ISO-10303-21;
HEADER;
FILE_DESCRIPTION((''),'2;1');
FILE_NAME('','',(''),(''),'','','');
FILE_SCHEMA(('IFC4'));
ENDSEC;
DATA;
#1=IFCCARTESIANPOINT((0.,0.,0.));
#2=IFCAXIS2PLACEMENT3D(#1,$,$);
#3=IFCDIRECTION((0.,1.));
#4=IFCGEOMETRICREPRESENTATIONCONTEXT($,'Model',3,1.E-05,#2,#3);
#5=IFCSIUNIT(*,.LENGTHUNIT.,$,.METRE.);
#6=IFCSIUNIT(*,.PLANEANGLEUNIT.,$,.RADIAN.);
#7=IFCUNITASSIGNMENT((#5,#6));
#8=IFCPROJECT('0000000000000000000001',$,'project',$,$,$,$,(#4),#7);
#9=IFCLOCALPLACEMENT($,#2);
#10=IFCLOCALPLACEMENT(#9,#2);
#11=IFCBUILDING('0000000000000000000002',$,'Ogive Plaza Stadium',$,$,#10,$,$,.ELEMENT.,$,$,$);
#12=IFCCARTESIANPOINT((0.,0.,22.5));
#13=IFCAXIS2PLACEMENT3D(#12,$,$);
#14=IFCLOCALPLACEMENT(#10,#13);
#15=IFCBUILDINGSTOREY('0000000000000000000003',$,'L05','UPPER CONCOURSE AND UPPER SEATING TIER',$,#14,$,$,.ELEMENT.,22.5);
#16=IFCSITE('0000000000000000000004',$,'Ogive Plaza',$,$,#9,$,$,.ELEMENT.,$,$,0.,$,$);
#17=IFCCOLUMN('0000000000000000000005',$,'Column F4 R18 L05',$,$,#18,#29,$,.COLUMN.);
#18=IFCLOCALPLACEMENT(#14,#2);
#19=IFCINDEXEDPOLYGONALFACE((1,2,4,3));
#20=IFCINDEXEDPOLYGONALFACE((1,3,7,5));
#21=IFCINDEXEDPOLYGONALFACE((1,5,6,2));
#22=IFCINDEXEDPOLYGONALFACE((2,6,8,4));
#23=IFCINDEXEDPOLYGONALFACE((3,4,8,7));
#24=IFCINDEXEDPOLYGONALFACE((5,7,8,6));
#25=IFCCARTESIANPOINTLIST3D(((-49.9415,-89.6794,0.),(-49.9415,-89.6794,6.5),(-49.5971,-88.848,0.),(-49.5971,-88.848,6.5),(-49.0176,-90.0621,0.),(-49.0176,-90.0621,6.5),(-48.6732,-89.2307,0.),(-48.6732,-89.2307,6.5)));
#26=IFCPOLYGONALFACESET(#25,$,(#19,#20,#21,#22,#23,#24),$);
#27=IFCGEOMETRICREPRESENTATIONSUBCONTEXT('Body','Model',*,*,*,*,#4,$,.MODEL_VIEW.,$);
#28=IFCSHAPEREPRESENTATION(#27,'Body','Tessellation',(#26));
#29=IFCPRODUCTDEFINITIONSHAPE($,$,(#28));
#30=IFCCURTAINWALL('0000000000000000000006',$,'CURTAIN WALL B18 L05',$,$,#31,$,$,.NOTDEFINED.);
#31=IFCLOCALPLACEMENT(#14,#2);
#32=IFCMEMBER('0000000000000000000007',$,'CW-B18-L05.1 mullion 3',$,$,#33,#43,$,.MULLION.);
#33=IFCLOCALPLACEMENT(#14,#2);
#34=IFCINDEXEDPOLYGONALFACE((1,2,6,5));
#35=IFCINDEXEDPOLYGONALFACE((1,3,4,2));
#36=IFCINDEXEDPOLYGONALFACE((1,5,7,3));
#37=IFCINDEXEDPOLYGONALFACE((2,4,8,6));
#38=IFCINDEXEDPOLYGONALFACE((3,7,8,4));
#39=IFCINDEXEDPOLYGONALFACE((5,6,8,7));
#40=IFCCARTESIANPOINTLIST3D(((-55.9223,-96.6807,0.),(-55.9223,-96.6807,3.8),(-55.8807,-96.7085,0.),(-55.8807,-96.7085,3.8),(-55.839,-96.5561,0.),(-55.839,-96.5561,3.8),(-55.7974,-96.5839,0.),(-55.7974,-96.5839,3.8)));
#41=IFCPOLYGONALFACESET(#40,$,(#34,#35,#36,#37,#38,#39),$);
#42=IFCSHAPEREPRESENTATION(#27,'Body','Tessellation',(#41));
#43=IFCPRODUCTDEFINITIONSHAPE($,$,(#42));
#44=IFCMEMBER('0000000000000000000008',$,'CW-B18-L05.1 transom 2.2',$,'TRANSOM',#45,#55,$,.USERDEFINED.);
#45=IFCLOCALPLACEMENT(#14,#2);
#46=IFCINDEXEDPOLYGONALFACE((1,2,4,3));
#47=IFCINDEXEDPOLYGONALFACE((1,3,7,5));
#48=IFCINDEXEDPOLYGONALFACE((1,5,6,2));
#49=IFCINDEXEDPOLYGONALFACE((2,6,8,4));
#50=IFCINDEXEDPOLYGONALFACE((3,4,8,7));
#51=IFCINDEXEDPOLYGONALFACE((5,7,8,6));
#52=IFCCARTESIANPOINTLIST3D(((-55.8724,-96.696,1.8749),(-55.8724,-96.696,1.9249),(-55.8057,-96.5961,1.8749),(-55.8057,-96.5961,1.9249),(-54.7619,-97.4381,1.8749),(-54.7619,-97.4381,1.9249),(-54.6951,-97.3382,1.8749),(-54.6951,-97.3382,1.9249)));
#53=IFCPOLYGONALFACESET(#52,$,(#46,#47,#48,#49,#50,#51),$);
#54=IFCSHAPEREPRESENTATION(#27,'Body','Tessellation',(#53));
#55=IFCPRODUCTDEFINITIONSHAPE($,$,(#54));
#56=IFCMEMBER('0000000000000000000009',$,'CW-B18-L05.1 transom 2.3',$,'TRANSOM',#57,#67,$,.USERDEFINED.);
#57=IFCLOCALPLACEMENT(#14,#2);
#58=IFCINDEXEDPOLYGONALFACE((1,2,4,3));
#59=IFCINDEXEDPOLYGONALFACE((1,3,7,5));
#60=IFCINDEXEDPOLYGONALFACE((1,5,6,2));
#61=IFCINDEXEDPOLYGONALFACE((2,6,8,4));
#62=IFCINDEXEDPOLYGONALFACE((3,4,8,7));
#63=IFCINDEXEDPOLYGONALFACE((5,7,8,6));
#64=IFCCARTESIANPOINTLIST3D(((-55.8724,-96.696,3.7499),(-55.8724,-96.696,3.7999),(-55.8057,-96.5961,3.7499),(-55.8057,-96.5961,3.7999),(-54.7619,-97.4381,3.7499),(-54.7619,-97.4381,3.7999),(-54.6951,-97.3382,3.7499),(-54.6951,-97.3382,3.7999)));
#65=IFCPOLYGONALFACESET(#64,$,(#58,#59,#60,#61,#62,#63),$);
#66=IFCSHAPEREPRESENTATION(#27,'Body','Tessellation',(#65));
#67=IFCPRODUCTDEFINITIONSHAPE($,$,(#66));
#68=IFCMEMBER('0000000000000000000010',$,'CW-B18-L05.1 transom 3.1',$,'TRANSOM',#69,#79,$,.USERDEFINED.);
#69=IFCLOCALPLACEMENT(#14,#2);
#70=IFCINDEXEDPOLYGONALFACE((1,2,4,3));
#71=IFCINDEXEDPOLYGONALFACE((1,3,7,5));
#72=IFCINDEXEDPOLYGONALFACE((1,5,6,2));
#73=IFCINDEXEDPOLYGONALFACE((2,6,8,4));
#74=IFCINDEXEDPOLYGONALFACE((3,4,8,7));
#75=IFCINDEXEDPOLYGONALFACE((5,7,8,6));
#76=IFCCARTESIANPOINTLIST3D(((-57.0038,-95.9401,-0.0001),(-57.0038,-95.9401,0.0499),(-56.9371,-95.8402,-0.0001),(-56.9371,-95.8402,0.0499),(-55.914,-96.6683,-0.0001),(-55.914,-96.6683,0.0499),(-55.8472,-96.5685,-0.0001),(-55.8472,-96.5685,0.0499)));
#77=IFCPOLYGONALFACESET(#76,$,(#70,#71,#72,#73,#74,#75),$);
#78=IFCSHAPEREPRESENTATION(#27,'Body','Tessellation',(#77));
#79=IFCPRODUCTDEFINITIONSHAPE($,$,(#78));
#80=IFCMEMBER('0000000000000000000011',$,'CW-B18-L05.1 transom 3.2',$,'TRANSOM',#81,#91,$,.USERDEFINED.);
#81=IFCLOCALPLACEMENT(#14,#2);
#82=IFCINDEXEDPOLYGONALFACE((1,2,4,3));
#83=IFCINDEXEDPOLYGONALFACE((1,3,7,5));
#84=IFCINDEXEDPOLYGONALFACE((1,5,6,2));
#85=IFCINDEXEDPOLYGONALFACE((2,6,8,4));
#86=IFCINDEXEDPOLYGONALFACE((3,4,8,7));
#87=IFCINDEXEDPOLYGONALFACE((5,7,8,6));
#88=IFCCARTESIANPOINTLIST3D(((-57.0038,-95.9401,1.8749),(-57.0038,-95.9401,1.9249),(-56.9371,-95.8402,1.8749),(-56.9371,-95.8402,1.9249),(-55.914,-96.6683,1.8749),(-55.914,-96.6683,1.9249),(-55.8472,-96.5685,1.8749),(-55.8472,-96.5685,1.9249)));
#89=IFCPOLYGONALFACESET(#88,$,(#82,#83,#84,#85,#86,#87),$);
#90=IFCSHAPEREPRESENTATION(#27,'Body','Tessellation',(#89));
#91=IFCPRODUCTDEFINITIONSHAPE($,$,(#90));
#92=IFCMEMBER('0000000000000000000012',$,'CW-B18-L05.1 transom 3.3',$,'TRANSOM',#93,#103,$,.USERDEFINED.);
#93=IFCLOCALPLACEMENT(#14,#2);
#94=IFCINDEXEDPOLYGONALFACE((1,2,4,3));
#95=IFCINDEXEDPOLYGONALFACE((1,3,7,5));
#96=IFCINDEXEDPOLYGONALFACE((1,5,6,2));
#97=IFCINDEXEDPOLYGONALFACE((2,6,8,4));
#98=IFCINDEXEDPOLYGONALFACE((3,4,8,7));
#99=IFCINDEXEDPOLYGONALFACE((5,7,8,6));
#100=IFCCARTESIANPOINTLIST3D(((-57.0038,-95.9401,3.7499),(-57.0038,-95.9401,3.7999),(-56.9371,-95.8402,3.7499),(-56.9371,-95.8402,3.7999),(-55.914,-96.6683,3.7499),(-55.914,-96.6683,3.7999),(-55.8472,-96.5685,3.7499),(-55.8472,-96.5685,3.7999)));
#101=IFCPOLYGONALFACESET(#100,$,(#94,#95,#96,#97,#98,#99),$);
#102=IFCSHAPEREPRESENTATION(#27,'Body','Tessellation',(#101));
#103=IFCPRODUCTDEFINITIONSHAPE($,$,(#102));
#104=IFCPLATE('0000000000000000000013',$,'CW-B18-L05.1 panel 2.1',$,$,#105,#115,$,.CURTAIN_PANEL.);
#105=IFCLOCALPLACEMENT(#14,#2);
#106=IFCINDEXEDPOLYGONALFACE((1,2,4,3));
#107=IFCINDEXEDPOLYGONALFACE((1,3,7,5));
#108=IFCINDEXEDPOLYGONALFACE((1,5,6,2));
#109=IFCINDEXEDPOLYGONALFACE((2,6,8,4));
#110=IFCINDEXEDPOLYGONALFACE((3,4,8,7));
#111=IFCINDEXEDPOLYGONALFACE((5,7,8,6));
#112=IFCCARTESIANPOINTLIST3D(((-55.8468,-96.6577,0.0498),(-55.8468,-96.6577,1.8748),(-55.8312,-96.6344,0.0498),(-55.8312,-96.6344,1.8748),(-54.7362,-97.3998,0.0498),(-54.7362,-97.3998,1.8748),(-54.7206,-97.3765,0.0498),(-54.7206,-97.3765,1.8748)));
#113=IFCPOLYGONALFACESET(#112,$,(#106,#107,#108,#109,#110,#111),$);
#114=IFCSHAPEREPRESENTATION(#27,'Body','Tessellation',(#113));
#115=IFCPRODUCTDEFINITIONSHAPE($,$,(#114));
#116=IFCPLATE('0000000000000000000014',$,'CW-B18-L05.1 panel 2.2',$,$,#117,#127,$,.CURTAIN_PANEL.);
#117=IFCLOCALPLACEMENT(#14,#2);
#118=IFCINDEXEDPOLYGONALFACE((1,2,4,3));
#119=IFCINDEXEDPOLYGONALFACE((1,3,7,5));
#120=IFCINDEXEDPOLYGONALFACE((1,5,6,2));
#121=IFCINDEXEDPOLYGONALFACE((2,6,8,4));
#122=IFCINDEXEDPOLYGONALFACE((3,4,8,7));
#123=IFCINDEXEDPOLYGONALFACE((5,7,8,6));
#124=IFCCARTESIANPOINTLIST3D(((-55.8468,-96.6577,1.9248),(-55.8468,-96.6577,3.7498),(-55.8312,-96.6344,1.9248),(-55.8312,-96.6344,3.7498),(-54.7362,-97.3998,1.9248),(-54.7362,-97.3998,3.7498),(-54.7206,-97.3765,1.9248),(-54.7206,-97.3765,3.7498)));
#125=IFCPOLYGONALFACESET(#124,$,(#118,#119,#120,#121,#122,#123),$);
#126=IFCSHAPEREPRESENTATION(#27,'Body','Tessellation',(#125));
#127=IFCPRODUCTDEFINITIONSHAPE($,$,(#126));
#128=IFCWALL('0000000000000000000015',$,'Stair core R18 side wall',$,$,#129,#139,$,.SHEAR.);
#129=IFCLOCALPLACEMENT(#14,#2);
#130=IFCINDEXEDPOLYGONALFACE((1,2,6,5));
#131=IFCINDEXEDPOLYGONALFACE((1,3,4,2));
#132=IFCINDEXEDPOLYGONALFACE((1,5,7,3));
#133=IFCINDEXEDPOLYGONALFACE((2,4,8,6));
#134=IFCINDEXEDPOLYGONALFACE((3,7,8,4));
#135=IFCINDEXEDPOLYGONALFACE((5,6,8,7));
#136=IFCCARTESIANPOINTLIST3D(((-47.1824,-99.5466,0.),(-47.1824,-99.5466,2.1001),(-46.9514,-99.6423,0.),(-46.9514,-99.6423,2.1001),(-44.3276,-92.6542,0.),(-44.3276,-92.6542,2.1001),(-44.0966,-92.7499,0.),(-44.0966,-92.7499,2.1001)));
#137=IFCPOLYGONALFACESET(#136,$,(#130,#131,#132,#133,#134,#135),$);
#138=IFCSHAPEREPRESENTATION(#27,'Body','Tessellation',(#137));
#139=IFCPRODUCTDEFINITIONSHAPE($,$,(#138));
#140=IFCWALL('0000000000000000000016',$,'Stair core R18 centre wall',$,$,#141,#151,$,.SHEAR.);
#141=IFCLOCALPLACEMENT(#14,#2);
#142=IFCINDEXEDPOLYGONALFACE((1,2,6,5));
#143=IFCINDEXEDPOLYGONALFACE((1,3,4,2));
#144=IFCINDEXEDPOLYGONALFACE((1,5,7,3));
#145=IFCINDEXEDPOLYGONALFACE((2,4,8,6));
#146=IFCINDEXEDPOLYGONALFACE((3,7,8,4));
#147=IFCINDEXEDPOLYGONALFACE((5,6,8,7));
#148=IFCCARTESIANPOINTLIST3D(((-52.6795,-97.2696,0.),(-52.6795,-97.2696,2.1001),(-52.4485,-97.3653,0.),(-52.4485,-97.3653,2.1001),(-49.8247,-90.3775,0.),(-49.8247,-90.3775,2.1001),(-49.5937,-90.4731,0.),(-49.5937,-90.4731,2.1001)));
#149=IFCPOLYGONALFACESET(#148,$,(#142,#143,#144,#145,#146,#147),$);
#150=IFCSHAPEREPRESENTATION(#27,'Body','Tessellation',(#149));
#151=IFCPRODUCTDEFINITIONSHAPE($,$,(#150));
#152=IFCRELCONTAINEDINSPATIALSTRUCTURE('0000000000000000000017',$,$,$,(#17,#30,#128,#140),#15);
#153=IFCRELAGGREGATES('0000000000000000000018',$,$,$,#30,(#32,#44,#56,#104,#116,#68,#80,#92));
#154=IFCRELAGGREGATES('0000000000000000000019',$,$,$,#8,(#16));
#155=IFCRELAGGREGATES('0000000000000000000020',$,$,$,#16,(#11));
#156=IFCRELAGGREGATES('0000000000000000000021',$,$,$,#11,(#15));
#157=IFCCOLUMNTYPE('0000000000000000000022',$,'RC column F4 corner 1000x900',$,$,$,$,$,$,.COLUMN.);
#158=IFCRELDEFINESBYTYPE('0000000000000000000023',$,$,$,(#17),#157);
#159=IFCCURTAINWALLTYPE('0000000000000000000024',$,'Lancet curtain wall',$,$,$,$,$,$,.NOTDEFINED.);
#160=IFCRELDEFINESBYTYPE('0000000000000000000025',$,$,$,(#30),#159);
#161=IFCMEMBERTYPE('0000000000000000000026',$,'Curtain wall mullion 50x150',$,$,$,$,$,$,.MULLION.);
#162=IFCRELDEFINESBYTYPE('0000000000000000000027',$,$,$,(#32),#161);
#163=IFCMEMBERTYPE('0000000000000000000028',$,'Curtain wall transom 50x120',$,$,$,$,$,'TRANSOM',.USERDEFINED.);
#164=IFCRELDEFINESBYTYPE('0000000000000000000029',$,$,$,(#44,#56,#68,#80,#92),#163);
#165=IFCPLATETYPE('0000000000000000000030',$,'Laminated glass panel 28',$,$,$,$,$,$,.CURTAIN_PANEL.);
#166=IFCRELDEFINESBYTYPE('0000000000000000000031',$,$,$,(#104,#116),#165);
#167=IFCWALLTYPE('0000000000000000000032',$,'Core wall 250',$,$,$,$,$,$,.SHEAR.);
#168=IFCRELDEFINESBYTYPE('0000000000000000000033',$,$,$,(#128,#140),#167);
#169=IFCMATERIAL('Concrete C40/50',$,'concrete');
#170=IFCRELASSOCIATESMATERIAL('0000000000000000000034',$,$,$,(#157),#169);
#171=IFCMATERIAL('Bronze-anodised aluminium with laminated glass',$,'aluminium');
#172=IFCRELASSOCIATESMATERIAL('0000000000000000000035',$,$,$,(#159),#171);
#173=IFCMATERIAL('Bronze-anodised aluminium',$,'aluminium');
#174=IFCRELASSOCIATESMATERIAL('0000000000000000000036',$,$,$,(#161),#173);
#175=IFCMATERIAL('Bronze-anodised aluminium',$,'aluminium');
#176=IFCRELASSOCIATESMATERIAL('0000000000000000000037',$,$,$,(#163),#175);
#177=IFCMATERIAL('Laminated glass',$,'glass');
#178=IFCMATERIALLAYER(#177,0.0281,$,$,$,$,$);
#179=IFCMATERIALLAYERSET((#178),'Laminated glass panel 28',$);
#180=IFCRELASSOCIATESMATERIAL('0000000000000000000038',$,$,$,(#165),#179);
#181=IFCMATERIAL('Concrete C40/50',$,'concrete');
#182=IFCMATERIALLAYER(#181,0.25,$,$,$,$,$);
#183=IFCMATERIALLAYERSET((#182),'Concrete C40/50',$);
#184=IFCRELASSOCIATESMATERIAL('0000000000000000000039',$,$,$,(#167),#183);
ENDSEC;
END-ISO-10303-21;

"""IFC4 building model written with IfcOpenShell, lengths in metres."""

from ifc_helpers import new_model, si_unit, direction, frame, frame_2d, origin, origin_2d, place, context, subcontext, project, spatial, rectangle, extrude, material, layer, layer_set, material_profile, profile_set, type_object, element, aggregate, save


model = new_model("IFC4")

# Units and contexts
model_context = context("Model", 3, precision=1e-05, world=origin(), true_north=direction((0.0, 1.0)))
body_context = subcontext(model_context, "Body", "Model", "MODEL_VIEW")
ifc_project = project(units=[si_unit("LENGTHUNIT", "METRE"), si_unit("PLANEANGLEUNIT", "RADIAN")], contexts=[model_context])

# Site, building, storey
site_placement = place(None, origin())
site = spatial("IfcSite", under=ifc_project, at=site_placement, Name="Ogive Plaza", CompositionType="ELEMENT", RefElevation=0.0)
building_placement = place(site_placement, origin())
building = spatial("IfcBuilding", under=site, at=building_placement, Name="Ogive Plaza Stadium", CompositionType="ELEMENT")
storey_placement = place(building_placement, frame((0.0, 0.0, 22.5)))
storey = spatial("IfcBuildingStorey", under=building, at=storey_placement, Name="L05", Description="UPPER CONCOURSE AND UPPER SEATING TIER", CompositionType="ELEMENT", Elevation=22.5)

# Column
ifc_material_1 = material(Name="Concrete C40/50", Category="concrete")
ifc_material_profile_1 = material_profile(ifc_material_1, rectangle(XDim=1.0, YDim=0.8999, at=origin_2d()), Name="RC 1000x900")
ifc_profile_set_1 = profile_set([ifc_material_profile_1], Name="Concrete C40/50")
column_type = type_object("IfcColumnType", Name="RC column F4 corner 1000x900", PredefinedType="COLUMN", material=ifc_profile_set_1)
column_placement = place(storey_placement, frame((-49.3074, -89.4551, 0.0), z_axis=(0.0, 0.0, 1.0), x_axis=(0.92388, -0.382683, 0.0)))
element("IfcColumn", 1, at=column_placement, inside=storey, type_object=column_type, Name="Column F4 R18 L05", PredefinedType="COLUMN", context=body_context, shape_type="SweptSolid", body=[
    extrude(rectangle(XDim=1.0, YDim=0.8999, at=origin_2d()), origin(), (0.0, 0.0, 1.0), 6.5),
])

# Curtain wall, members, plates
ifc_material_2 = material(Name="Bronze-anodised aluminium with laminated glass", Category="aluminium")
curtain_wall_type = type_object("IfcCurtainWallType", Name="Lancet curtain wall", PredefinedType="NOTDEFINED", material=ifc_material_2)
curtain_wall_placement = place(storey_placement, origin())
curtain_wall = element("IfcCurtainWall", 2, at=curtain_wall_placement, inside=storey, type_object=curtain_wall_type, Name="CURTAIN WALL B18 L05", PredefinedType="NOTDEFINED")
ifc_material_3 = material(Name="Bronze-anodised aluminium", Category="aluminium")
ifc_material_profile_2 = material_profile(ifc_material_3, rectangle(XDim=0.1499, YDim=0.05, at=origin_2d()), Name="AL 150x50")
ifc_profile_set_2 = profile_set([ifc_material_profile_2], Name="Bronze-anodised aluminium")
member_type_1 = type_object("IfcMemberType", Name="Curtain wall mullion 50x150", PredefinedType="MULLION", material=ifc_profile_set_2)
member_1_placement = place(storey_placement, frame((-55.8599, -96.6323, 0.0), z_axis=(0.0, 0.0, 1.0), x_axis=(-0.55557, -0.83147, 0.0)))
member_1 = element("IfcMember", 3, at=member_1_placement, type_object=member_type_1, Name="CW-B18-L05.1 mullion 3", PredefinedType="MULLION", context=body_context, shape_type="SweptSolid", body=[
    extrude(rectangle(XDim=0.1499, YDim=0.05, at=origin_2d()), origin(), (0.0, 0.0, 1.0), 3.8),
])
ifc_material_4 = material(Name="Bronze-anodised aluminium", Category="aluminium")
ifc_material_profile_3 = material_profile(ifc_material_4, rectangle(XDim=0.1201, YDim=0.05, at=origin_2d()), Name="AL 120x50")
ifc_profile_set_3 = profile_set([ifc_material_profile_3], Name="Bronze-anodised aluminium")
member_type_2 = type_object("IfcMemberType", Name="Curtain wall transom 50x120", ElementType="TRANSOM", PredefinedType="USERDEFINED", material=ifc_profile_set_3)
member_2_placement = place(storey_placement, frame((-54.7285, -97.3882, 1.8999), z_axis=(-0.831431, 0.555628, 0.0), x_axis=(-0.555628, -0.831431, 0.0)))
member_2 = element("IfcMember", 4, at=member_2_placement, type_object=member_type_2, Name="CW-B18-L05.1 transom 2.2", ObjectType="TRANSOM", PredefinedType="USERDEFINED", context=body_context, shape_type="SweptSolid", body=[
    extrude(rectangle(XDim=0.1201, YDim=0.05, at=origin_2d()), origin(), (0.0, 0.0, 1.0), 1.3357),
])
member_3_placement = place(storey_placement, frame((-54.7285, -97.3882, 3.7749), z_axis=(-0.831431, 0.555628, 0.0), x_axis=(-0.555628, -0.831431, 0.0)))
member_3 = element("IfcMember", 5, at=member_3_placement, type_object=member_type_2, Name="CW-B18-L05.1 transom 2.3", ObjectType="TRANSOM", PredefinedType="USERDEFINED", context=body_context, shape_type="SweptSolid", body=[
    extrude(rectangle(XDim=0.1201, YDim=0.05, at=origin_2d()), origin(), (0.0, 0.0, 1.0), 1.3357),
])
member_4_placement = place(storey_placement, frame((-55.8806, -96.6184, 0.0249), z_axis=(-0.831448, 0.555602, 0.0), x_axis=(-0.555602, -0.831448, 0.0)))
member_4 = element("IfcMember", 6, at=member_4_placement, type_object=member_type_2, Name="CW-B18-L05.1 transom 3.1", ObjectType="TRANSOM", PredefinedType="USERDEFINED", context=body_context, shape_type="SweptSolid", body=[
    extrude(rectangle(XDim=0.1201, YDim=0.05, at=origin_2d()), origin(), (0.0, 0.0, 1.0), 1.3108),
])
member_5_placement = place(storey_placement, frame((-55.8806, -96.6184, 1.8999), z_axis=(-0.831448, 0.555602, 0.0), x_axis=(-0.555602, -0.831448, 0.0)))
member_5 = element("IfcMember", 7, at=member_5_placement, type_object=member_type_2, Name="CW-B18-L05.1 transom 3.2", ObjectType="TRANSOM", PredefinedType="USERDEFINED", context=body_context, shape_type="SweptSolid", body=[
    extrude(rectangle(XDim=0.1201, YDim=0.05, at=origin_2d()), origin(), (0.0, 0.0, 1.0), 1.3108),
])
member_6_placement = place(storey_placement, frame((-55.8806, -96.6184, 3.7749), z_axis=(-0.831448, 0.555602, 0.0), x_axis=(-0.555602, -0.831448, 0.0)))
member_6 = element("IfcMember", 8, at=member_6_placement, type_object=member_type_2, Name="CW-B18-L05.1 transom 3.3", ObjectType="TRANSOM", PredefinedType="USERDEFINED", context=body_context, shape_type="SweptSolid", body=[
    extrude(rectangle(XDim=0.1201, YDim=0.05, at=origin_2d()), origin(), (0.0, 0.0, 1.0), 1.3108),
])
ifc_material_5 = material(Name="Laminated glass", Category="glass")
ifc_layer_1 = layer(ifc_material_5, 0.0281)
ifc_layer_set_1 = layer_set([ifc_layer_1], Name="Laminated glass panel 28")
plate_type = type_object("IfcPlateType", Name="Laminated glass panel 28", PredefinedType="CURTAIN_PANEL", material=ifc_layer_set_1)
plate_1_placement = place(storey_placement, frame((-55.2837, -97.0171, 0.0498), z_axis=(0.0, 0.0, 1.0), x_axis=(-0.83147, 0.55557, 0.0)))
plate_1 = element("IfcPlate", 9, at=plate_1_placement, type_object=plate_type, Name="CW-B18-L05.1 panel 2.1", PredefinedType="CURTAIN_PANEL", context=body_context, shape_type="SweptSolid", body=[
    extrude(rectangle(XDim=1.3357, YDim=0.0281, at=origin_2d()), origin(), (0.0, 0.0, 1.0), 1.825),
])
plate_2_placement = place(storey_placement, frame((-55.2837, -97.0171, 1.9248), z_axis=(0.0, 0.0, 1.0), x_axis=(-0.83147, 0.55557, 0.0)))
plate_2 = element("IfcPlate", 10, at=plate_2_placement, type_object=plate_type, Name="CW-B18-L05.1 panel 2.2", PredefinedType="CURTAIN_PANEL", context=body_context, shape_type="SweptSolid", body=[
    extrude(rectangle(XDim=1.3357, YDim=0.0281, at=origin_2d()), origin(), (0.0, 0.0, 1.0), 1.825),
])
aggregate(curtain_wall, [member_1, member_2, member_3, plate_1, plate_2, member_4, member_5, member_6])

# Walls
ifc_material_6 = material(Name="Concrete C40/50", Category="concrete")
ifc_layer_2 = layer(ifc_material_6, 0.25)
ifc_layer_set_2 = layer_set([ifc_layer_2], Name="Concrete C40/50")
wall_type = type_object("IfcWallType", Name="Core wall 250", PredefinedType="SHEAR", material=ifc_layer_set_2)
wall_1_placement = place(storey_placement, frame((-44.2122, -92.7021, 0.0), z_axis=(0.0, 0.0, 1.0), x_axis=(-0.382665, -0.923887, 0.0)))
element("IfcWall", 11, at=wall_1_placement, inside=storey, type_object=wall_type, Name="Stair core R18 side wall", PredefinedType="SHEAR", context=body_context, shape_type="SweptSolid", body=[
    extrude(rectangle(XDim=7.4602, YDim=0.25, at=frame_2d((3.73, 0.0))), origin(), (0.0, 0.0, 1.0), 2.1001),
])
wall_2_placement = place(storey_placement, frame((-49.7092, -90.4253, 0.0), z_axis=(0.0, 0.0, 1.0), x_axis=(-0.382676, -0.923882, 0.0)))
element("IfcWall", 12, at=wall_2_placement, inside=storey, type_object=wall_type, Name="Stair core R18 centre wall", PredefinedType="SHEAR", context=body_context, shape_type="SweptSolid", body=[
    extrude(rectangle(XDim=7.46, YDim=0.25, at=frame_2d((3.73, 0.0))), origin(), (0.0, 0.0, 1.0), 2.1001),
])

save(model, "model.ifc")
